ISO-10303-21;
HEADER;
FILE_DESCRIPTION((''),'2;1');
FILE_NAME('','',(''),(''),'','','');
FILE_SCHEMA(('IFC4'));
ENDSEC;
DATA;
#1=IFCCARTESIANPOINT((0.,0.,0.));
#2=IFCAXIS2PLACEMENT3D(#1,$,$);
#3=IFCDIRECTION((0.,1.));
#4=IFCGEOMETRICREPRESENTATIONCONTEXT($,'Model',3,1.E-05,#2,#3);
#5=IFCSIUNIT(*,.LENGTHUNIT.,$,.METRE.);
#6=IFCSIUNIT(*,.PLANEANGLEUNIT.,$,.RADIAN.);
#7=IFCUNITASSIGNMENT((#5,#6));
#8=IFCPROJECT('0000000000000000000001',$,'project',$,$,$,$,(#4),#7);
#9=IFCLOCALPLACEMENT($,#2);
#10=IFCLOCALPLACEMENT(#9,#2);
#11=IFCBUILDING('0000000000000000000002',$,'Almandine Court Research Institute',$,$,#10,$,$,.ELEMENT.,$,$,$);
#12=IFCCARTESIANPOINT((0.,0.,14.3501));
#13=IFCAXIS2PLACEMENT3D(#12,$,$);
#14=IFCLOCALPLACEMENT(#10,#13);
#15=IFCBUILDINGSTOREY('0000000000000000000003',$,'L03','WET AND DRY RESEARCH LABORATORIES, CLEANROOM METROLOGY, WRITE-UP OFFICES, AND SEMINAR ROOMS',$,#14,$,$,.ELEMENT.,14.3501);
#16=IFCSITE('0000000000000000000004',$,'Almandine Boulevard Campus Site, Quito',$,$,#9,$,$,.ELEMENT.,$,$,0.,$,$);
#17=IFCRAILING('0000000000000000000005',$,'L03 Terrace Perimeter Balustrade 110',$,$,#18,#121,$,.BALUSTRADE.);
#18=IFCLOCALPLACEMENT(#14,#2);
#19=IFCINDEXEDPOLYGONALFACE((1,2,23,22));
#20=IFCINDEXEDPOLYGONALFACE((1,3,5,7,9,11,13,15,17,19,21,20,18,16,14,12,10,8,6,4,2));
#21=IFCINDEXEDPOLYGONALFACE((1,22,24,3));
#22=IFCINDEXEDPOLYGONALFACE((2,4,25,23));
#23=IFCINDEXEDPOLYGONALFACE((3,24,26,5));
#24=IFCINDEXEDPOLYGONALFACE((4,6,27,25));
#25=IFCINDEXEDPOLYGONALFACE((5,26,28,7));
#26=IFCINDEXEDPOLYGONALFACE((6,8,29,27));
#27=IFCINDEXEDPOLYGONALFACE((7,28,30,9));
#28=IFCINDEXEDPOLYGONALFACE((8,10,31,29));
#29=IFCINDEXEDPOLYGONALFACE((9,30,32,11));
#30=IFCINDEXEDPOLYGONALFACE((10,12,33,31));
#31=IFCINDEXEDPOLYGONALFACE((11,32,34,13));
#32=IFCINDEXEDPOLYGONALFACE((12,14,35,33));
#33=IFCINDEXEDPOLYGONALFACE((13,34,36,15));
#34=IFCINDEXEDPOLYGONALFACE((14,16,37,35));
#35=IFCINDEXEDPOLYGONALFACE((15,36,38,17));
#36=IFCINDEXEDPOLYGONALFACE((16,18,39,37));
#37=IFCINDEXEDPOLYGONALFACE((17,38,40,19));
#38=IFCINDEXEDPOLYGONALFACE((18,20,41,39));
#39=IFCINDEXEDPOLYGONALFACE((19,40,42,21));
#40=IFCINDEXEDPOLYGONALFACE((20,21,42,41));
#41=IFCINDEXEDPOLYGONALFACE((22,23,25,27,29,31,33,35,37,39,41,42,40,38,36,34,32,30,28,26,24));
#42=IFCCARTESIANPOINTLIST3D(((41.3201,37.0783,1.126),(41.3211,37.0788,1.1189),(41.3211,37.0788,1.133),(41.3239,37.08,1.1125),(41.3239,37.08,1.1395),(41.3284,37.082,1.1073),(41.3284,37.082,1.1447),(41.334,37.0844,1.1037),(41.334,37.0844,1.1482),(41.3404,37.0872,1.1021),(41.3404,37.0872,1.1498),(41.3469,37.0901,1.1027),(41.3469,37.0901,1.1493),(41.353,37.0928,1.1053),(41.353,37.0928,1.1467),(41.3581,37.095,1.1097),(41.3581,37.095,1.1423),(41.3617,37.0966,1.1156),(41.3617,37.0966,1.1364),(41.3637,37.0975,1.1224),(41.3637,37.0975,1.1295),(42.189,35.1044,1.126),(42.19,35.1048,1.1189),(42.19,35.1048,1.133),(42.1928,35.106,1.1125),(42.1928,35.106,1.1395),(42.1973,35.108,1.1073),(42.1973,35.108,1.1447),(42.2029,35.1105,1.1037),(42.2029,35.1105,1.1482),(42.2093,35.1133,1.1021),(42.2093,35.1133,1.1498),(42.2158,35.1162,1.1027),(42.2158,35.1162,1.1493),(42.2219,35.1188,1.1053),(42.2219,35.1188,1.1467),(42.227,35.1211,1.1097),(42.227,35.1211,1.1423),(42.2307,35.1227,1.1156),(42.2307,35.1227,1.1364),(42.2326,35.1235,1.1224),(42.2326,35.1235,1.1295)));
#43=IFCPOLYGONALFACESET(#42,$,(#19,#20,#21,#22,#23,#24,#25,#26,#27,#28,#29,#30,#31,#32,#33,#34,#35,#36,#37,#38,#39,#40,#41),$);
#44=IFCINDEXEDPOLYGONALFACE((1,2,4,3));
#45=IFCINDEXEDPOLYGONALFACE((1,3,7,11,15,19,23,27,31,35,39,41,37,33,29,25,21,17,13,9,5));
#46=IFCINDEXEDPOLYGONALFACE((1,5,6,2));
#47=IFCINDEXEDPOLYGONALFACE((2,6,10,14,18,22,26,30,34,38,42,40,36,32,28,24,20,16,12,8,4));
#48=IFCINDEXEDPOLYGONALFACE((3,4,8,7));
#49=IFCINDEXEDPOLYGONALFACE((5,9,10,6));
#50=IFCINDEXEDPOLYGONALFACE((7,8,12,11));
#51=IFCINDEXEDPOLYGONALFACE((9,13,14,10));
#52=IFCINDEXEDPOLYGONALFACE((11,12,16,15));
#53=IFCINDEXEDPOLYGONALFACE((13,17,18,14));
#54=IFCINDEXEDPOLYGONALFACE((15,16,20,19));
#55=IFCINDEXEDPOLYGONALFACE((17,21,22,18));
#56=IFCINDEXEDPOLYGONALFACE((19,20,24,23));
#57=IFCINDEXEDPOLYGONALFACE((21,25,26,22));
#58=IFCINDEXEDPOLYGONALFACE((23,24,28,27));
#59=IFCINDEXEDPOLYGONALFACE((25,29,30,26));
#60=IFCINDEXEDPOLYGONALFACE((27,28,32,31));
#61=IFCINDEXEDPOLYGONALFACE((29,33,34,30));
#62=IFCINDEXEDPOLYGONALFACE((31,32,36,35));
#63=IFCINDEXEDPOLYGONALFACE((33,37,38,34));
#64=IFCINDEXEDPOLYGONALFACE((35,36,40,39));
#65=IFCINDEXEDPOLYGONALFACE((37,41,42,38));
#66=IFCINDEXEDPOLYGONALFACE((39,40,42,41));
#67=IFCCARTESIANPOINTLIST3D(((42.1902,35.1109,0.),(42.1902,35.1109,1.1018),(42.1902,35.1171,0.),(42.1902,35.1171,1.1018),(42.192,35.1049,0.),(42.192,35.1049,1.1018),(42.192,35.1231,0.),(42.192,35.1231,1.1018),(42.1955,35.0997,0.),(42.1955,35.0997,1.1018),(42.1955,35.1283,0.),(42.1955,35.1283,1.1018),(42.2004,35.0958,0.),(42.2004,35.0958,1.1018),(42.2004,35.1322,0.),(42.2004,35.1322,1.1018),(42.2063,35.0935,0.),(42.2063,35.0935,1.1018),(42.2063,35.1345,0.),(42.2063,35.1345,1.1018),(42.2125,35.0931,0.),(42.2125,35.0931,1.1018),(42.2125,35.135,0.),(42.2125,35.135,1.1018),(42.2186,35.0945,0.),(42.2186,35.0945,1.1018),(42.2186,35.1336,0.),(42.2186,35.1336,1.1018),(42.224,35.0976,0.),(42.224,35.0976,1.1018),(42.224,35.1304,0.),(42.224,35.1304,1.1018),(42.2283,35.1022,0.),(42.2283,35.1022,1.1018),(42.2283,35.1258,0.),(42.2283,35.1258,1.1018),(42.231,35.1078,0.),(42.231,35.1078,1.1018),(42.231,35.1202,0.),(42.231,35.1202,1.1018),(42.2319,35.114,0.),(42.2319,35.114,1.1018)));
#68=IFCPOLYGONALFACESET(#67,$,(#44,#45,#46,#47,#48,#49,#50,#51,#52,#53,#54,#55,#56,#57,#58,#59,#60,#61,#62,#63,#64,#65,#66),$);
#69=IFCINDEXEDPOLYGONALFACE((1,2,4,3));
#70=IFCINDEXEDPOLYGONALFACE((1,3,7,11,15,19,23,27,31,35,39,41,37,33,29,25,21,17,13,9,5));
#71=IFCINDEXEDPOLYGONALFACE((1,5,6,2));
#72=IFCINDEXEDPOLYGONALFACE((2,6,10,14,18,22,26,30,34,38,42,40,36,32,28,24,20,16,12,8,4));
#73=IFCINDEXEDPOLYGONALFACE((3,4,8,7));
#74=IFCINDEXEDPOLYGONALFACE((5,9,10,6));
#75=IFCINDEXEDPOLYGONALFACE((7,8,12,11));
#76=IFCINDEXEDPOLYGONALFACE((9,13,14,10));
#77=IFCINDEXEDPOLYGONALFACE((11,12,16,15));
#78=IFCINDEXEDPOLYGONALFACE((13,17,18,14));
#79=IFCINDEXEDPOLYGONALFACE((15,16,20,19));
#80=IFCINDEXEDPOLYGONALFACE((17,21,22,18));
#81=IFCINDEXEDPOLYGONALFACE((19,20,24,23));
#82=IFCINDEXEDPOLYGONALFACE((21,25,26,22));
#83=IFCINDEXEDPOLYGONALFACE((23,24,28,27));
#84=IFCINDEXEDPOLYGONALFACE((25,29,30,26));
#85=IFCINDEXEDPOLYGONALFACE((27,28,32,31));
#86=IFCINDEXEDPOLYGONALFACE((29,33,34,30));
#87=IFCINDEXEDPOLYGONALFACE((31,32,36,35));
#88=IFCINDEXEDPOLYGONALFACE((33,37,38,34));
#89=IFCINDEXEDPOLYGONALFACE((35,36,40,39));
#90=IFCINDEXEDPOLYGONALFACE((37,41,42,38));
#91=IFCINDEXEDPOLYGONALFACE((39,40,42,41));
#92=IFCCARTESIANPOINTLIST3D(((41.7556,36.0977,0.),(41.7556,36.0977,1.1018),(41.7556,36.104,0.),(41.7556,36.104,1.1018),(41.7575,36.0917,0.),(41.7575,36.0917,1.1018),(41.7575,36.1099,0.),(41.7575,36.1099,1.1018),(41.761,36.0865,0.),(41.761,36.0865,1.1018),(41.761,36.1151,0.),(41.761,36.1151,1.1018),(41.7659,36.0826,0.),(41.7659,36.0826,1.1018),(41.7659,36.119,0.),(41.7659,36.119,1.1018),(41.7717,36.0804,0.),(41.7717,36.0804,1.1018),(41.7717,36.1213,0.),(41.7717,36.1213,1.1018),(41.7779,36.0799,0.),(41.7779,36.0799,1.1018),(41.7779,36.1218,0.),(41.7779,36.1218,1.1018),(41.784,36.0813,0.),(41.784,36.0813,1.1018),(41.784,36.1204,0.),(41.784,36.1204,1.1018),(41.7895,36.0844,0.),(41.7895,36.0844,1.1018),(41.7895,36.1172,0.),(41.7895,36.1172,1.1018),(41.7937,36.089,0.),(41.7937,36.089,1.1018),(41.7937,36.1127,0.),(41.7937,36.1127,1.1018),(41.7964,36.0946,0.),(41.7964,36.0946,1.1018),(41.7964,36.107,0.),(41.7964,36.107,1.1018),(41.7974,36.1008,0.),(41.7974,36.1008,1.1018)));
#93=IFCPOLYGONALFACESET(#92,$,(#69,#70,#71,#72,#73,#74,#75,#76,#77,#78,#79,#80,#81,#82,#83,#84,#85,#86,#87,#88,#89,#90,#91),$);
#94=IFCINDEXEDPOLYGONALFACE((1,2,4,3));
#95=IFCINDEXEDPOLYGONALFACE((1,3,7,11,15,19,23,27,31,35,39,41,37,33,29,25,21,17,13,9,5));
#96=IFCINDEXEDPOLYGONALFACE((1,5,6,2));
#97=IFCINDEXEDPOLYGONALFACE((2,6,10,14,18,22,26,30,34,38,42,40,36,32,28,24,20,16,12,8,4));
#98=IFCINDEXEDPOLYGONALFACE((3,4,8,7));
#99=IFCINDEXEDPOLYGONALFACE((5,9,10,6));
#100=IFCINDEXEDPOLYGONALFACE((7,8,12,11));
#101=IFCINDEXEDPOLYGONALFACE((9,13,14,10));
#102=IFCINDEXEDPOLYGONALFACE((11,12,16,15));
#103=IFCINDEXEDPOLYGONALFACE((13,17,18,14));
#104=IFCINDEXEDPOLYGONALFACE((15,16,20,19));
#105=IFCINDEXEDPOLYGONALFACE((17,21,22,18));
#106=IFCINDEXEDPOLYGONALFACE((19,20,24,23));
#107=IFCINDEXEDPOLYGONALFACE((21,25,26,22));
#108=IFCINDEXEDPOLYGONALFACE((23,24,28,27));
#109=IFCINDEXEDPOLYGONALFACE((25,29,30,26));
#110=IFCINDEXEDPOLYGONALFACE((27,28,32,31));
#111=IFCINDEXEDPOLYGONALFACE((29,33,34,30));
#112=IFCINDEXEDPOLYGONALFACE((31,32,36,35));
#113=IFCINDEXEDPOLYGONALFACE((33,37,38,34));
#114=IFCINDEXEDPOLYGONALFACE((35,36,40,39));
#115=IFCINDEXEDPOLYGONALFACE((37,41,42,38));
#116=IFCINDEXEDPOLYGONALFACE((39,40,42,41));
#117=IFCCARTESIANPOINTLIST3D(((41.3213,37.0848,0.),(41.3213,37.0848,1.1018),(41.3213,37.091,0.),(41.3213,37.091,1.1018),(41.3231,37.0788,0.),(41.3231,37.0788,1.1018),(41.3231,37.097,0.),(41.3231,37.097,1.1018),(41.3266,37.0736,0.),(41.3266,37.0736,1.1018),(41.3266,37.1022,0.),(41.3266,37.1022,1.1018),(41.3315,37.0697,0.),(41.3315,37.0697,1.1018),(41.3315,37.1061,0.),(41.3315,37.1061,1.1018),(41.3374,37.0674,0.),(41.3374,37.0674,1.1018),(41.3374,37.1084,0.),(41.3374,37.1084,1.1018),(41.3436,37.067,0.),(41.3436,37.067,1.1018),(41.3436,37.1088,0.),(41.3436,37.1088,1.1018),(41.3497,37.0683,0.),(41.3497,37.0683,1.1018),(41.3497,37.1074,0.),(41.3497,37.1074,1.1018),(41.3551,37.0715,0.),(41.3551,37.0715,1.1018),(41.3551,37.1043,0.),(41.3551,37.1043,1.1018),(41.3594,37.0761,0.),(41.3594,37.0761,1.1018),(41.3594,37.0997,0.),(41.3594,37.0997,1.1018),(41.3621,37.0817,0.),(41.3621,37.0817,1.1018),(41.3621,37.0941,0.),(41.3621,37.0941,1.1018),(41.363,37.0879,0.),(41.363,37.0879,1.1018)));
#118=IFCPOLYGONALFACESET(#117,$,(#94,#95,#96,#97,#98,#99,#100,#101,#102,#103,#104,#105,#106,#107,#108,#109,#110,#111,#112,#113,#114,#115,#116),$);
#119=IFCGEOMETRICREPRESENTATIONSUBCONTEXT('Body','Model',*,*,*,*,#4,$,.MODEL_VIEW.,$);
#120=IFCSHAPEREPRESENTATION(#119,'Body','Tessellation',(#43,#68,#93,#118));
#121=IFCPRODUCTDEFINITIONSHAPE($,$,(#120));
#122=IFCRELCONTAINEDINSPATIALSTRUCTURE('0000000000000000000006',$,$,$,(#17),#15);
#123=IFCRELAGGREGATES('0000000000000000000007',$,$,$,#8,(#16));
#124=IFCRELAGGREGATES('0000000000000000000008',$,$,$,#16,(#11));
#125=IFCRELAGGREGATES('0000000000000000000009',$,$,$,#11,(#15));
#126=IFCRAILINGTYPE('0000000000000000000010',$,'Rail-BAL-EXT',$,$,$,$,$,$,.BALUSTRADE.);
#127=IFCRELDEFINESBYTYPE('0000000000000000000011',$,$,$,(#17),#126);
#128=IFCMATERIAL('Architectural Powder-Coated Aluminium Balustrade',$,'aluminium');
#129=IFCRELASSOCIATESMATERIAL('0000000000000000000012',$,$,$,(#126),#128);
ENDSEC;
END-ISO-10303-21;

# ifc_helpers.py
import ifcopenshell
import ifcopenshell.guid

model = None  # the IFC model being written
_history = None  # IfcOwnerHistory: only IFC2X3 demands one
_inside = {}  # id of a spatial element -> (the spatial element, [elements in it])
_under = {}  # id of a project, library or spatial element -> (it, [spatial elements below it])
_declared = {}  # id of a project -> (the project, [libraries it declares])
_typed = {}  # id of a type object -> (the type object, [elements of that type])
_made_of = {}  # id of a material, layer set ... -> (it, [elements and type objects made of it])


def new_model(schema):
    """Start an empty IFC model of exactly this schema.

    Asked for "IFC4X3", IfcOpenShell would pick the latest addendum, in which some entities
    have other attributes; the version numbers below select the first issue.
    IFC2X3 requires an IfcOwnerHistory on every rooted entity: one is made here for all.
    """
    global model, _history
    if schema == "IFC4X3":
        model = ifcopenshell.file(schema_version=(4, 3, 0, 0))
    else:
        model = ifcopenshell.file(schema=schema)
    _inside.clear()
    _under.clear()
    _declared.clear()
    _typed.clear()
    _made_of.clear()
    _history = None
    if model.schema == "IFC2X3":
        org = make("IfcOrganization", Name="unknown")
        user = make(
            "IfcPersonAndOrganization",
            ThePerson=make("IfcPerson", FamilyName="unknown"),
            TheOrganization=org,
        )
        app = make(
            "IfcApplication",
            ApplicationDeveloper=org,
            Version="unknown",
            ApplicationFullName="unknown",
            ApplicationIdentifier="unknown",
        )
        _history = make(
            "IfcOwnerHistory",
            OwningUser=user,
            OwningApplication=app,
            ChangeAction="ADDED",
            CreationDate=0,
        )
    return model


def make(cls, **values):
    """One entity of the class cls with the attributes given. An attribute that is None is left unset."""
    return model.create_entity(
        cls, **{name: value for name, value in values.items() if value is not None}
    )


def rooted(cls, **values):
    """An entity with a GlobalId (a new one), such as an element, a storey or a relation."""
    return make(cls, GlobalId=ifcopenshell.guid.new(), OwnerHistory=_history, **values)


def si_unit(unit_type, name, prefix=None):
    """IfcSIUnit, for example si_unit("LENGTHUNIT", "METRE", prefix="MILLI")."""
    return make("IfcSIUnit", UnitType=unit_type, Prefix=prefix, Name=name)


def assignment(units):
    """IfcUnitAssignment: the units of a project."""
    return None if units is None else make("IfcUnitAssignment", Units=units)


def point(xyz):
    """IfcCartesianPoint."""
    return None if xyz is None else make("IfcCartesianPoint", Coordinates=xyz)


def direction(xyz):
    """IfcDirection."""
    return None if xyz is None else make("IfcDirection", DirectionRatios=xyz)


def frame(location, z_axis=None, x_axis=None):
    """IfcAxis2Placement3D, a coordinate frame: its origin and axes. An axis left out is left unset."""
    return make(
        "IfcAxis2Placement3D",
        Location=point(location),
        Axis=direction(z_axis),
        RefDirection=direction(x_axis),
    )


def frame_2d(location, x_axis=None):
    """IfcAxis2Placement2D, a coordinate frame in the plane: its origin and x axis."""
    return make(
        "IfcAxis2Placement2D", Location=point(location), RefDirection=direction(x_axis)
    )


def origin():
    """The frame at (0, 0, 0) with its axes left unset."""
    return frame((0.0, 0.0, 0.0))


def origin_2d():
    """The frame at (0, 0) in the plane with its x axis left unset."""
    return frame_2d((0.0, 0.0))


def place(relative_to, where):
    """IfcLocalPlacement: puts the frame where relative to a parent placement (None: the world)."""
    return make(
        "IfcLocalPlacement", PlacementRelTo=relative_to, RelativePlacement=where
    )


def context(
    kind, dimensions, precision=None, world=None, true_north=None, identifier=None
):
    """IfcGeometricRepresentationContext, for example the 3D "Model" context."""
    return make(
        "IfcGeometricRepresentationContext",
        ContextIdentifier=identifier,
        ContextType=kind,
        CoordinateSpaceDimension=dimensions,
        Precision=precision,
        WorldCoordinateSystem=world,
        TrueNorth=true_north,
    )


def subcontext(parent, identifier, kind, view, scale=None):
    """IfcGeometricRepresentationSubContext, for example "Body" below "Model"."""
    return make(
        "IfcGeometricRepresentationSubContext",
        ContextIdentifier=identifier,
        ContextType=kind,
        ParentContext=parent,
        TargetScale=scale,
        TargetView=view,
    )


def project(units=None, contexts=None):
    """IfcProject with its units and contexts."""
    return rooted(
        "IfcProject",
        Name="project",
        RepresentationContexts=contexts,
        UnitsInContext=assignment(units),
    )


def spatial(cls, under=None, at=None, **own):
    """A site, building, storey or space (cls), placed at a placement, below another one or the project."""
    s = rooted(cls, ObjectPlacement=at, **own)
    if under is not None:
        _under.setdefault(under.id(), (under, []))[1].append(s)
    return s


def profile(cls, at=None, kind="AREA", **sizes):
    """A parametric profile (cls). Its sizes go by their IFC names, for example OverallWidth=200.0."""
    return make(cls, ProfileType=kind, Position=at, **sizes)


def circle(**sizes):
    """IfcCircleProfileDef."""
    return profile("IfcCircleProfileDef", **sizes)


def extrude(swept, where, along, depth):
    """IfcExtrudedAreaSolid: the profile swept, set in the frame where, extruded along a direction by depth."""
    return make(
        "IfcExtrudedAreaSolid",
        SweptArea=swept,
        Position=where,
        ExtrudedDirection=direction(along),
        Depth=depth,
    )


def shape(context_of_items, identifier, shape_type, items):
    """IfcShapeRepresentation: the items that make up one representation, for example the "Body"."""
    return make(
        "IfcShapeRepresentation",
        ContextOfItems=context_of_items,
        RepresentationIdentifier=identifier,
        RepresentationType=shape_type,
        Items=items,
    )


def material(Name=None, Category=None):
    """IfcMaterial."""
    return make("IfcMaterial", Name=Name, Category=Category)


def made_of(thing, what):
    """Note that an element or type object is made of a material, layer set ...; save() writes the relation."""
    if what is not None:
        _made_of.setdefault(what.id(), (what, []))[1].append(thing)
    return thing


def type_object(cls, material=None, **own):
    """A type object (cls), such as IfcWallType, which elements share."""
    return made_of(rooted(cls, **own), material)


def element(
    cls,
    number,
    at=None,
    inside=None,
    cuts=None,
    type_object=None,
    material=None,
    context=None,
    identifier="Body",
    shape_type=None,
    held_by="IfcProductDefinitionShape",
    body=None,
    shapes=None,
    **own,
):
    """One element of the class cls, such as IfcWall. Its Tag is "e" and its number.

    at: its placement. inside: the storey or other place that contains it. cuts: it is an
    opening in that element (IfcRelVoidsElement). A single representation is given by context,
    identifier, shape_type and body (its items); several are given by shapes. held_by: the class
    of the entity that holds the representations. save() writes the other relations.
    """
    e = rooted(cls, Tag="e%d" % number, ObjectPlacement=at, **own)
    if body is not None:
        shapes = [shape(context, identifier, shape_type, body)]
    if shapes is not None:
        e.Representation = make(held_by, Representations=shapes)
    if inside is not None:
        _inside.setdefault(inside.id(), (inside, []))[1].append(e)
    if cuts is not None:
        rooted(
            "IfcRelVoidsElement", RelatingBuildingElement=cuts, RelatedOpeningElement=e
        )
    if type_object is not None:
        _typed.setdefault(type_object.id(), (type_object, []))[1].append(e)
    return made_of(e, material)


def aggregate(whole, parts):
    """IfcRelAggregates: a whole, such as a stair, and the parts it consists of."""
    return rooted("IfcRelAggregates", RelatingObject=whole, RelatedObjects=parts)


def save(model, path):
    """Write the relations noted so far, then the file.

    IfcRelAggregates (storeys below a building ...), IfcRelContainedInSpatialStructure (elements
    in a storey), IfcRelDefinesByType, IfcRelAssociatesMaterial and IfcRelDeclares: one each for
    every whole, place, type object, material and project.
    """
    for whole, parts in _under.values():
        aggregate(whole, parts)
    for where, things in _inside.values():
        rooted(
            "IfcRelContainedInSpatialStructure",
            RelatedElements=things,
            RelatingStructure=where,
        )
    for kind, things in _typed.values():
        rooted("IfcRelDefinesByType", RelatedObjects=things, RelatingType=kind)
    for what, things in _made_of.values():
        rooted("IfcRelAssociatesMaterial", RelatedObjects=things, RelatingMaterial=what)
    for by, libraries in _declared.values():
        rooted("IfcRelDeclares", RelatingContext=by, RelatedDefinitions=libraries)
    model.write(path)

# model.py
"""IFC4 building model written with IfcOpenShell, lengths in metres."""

from ifc_helpers import new_model, si_unit, direction, frame, origin, origin_2d, place, context, subcontext, project, spatial, circle, extrude, material, type_object, element, save


model = new_model("IFC4")

# Units and contexts
model_context = context("Model", 3, precision=1e-05, world=origin(), true_north=direction((0.0, 1.0)))
body_context = subcontext(model_context, "Body", "Model", "MODEL_VIEW")
ifc_project = project(units=[si_unit("LENGTHUNIT", "METRE"), si_unit("PLANEANGLEUNIT", "RADIAN")], contexts=[model_context])

# Site, building, storey
site_placement = place(None, origin())
site = spatial("IfcSite", under=ifc_project, at=site_placement, Name="Almandine Boulevard Campus Site, Quito", CompositionType="ELEMENT", RefElevation=0.0)
building_placement = place(site_placement, origin())
building = spatial("IfcBuilding", under=site, at=building_placement, Name="Almandine Court Research Institute", CompositionType="ELEMENT")
storey_placement = place(building_placement, frame((0.0, 0.0, 14.3501)))
storey = spatial("IfcBuildingStorey", under=building, at=storey_placement, Name="L03", Description="WET AND DRY RESEARCH LABORATORIES, CLEANROOM METROLOGY, WRITE-UP OFFICES, AND SEMINAR ROOMS", CompositionType="ELEMENT", Elevation=14.3501)

# Railing
ifc_material_1 = material(Name="Architectural Powder-Coated Aluminium Balustrade", Category="aluminium")
railing_type = type_object("IfcRailingType", Name="Rail-BAL-EXT", PredefinedType="BALUSTRADE", material=ifc_material_1)
railing_1_placement = place(storey_placement, frame((42.2109, 35.114, 0.0)))
element("IfcRailing", 1, at=railing_1_placement, inside=storey, type_object=railing_type, Name="L03 Terrace Perimeter Balustrade 110", PredefinedType="BALUSTRADE", context=body_context, shape_type="SweptSolid", body=[
    extrude(circle(Radius=0.0239, at=origin_2d()), frame((0.0, 0.0, 1.126), z_axis=(-0.40289, 0.915248, 0.0), x_axis=(-0.915248, -0.40289, 0.0)), (0.0, 0.0, 1.0), 2.1567),
    extrude(circle(Radius=0.021, at=origin_2d()), origin(), (0.0, 0.0, 1.0), 1.1018),
    extrude(circle(Radius=0.021, at=origin_2d()), frame((-0.4346, 0.9868, 0.0)), (0.0, 0.0, 1.0), 1.1018),
    extrude(circle(Radius=0.021, at=origin_2d()), frame((-0.8689, 1.9739, 0.0)), (0.0, 0.0, 1.0), 1.1018),
])

save(model, "model.ifc")
